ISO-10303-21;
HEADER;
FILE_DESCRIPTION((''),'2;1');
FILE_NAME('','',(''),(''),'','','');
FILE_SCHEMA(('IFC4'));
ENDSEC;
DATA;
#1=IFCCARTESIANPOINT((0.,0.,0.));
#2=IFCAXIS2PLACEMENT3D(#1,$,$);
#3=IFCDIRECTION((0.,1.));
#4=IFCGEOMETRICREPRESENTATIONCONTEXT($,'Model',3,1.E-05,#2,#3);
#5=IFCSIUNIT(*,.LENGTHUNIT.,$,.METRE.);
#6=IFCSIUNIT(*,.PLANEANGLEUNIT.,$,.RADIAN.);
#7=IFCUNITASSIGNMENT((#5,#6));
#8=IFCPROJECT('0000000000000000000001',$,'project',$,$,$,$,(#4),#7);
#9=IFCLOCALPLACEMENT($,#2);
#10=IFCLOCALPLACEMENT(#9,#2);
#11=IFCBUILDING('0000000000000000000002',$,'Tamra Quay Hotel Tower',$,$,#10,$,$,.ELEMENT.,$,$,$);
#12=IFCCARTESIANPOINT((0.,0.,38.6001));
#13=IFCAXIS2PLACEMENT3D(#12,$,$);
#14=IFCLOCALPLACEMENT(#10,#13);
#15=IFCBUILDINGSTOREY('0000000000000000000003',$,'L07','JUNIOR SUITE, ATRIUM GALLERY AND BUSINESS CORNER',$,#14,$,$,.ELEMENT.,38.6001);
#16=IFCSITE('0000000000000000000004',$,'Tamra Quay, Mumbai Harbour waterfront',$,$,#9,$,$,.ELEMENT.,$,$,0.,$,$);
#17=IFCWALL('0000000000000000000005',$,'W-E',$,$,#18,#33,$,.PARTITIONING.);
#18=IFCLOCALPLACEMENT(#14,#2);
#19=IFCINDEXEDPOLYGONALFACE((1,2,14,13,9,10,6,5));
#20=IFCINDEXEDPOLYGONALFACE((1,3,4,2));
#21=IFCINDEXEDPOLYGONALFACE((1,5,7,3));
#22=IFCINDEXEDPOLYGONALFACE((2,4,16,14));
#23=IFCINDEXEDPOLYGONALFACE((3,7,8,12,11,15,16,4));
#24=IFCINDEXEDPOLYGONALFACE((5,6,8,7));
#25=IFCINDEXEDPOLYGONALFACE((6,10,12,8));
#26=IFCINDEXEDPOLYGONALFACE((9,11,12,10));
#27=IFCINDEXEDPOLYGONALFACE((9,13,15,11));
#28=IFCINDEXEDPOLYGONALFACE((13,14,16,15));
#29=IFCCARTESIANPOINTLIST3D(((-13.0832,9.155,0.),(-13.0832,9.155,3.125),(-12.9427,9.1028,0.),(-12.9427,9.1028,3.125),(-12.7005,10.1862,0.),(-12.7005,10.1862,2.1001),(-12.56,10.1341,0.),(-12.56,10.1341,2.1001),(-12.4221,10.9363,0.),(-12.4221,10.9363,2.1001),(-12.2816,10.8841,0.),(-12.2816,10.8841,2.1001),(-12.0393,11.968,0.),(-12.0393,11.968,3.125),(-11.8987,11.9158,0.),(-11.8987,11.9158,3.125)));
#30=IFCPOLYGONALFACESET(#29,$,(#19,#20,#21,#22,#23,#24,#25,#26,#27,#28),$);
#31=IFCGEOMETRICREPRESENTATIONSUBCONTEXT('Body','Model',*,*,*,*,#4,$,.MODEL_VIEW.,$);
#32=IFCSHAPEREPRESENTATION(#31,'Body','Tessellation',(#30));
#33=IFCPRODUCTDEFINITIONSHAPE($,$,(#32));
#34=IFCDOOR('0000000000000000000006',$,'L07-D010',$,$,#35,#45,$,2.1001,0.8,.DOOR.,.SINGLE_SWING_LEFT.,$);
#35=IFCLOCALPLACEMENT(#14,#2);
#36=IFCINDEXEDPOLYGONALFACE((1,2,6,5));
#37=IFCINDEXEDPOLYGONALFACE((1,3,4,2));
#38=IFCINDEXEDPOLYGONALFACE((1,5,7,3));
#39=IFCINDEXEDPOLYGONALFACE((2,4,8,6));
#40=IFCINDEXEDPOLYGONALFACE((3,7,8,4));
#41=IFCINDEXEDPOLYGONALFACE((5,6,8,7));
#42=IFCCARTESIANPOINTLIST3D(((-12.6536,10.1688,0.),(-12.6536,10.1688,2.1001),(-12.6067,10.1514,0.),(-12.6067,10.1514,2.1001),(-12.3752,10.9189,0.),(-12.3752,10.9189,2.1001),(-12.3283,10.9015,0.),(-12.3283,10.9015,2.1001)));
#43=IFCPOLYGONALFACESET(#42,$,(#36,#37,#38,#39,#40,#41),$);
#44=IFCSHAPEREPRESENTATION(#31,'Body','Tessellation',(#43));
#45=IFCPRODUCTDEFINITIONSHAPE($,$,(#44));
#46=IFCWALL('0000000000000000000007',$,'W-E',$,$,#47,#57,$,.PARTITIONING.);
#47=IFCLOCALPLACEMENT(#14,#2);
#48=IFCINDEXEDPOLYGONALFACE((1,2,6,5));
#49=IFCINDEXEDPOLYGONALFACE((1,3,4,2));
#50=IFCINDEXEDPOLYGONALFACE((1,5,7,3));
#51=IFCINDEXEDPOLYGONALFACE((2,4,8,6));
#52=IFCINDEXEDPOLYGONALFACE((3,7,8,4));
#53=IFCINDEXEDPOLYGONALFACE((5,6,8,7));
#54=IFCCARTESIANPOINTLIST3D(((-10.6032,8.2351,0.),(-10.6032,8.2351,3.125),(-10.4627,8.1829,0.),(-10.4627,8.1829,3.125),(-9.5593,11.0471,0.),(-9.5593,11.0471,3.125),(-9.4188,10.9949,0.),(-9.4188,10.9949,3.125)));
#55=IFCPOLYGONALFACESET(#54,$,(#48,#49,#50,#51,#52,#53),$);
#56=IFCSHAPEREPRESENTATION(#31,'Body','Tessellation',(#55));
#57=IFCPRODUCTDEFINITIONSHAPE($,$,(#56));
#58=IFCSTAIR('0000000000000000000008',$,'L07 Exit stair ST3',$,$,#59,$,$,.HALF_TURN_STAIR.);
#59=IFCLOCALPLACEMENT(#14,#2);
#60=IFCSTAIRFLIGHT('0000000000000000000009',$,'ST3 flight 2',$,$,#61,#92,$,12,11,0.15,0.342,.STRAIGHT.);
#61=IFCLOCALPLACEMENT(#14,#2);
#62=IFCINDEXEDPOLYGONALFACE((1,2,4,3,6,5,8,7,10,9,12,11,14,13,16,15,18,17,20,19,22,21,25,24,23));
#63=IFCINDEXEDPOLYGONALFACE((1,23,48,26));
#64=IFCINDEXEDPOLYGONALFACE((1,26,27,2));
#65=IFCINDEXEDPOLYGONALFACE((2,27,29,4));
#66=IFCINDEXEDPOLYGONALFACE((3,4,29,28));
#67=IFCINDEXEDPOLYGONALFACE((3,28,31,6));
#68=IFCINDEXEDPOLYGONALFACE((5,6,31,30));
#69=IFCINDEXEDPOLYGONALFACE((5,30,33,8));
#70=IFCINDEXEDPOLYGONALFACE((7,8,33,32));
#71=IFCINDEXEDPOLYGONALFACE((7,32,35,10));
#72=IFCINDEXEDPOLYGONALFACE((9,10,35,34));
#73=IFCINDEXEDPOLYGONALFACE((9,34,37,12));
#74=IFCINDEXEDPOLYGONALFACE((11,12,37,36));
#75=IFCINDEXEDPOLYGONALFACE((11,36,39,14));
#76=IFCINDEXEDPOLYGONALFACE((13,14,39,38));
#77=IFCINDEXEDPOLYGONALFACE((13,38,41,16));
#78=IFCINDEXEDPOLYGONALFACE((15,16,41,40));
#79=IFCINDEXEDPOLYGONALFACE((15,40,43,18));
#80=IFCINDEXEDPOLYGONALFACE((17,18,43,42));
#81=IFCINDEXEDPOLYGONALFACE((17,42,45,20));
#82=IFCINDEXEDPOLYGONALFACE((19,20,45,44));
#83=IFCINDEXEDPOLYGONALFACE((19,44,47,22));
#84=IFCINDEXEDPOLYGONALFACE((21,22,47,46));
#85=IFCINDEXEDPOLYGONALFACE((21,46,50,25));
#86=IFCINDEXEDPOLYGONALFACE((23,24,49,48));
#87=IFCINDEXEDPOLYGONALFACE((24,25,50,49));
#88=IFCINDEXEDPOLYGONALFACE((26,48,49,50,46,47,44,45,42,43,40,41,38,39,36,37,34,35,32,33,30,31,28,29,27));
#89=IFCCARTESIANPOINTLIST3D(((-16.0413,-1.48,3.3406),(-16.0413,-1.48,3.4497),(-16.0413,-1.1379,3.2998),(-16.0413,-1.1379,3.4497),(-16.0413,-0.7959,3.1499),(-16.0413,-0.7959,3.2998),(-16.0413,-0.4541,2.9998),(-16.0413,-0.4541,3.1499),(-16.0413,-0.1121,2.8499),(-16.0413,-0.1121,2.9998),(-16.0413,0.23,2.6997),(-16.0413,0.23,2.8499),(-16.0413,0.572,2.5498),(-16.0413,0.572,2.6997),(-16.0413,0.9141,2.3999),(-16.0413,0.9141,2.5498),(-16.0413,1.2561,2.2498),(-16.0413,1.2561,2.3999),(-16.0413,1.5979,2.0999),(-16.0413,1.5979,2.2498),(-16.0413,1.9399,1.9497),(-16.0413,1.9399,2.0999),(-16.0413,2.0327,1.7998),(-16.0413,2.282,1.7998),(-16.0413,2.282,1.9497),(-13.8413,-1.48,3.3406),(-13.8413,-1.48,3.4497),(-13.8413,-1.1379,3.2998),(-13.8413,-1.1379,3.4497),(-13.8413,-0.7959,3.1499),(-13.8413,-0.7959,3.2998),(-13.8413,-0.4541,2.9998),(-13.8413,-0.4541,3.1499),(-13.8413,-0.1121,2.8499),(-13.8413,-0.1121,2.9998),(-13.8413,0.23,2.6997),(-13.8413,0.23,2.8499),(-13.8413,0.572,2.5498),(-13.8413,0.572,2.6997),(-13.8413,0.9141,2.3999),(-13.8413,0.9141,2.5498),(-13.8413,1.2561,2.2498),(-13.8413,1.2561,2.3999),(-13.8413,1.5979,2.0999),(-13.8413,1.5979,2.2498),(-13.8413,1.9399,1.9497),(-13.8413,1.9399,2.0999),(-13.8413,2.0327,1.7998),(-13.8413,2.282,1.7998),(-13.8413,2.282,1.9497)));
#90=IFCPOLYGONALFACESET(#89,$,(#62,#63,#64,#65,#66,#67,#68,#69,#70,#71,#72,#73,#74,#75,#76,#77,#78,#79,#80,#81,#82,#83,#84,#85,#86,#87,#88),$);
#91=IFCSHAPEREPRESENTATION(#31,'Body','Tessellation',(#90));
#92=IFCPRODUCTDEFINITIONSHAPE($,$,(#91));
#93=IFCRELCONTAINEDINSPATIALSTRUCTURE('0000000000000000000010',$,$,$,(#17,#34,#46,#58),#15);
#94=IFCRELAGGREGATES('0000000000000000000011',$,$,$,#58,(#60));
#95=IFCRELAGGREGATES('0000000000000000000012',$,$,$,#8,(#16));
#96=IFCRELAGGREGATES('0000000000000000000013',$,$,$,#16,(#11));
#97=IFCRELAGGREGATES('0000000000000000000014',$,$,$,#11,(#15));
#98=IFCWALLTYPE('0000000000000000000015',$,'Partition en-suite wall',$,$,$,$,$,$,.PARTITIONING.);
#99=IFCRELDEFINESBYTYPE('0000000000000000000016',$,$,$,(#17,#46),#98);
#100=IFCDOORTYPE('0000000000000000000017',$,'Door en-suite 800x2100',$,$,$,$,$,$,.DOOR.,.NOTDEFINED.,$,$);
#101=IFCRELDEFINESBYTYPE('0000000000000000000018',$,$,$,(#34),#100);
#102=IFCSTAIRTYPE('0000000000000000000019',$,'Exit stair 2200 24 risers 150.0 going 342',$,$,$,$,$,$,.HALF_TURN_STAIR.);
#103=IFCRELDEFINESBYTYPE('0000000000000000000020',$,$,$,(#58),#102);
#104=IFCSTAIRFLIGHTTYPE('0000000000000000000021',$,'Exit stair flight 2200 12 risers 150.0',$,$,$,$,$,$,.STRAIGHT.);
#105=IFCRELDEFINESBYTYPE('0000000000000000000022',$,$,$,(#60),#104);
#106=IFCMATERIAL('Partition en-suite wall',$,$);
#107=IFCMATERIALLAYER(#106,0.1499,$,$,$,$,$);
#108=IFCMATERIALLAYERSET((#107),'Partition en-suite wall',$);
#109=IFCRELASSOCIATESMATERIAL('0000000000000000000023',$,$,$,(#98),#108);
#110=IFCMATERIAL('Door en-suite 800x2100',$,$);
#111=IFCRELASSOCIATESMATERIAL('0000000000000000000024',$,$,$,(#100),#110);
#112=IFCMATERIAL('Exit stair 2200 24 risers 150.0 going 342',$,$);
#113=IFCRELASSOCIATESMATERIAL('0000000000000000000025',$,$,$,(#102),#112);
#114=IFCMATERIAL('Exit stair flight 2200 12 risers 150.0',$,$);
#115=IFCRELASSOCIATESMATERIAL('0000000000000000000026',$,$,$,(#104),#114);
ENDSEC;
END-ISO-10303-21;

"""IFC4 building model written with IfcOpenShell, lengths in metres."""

from ifc_helpers import new_model, si_unit, direction, frame, frame_2d, origin, place, context, subcontext, project, spatial, polyline, rectangle, outline, extrude, material, layer, layer_set, type_object, element, fill, aggregate, save


model = new_model("IFC4")

# Units and contexts
model_context = context("Model", 3, precision=1e-05, world=origin(), true_north=direction((0.0, 1.0)))
body_context = subcontext(model_context, "Body", "Model", "MODEL_VIEW")
ifc_project = project(units=[si_unit("LENGTHUNIT", "METRE"), si_unit("PLANEANGLEUNIT", "RADIAN")], contexts=[model_context])

# Site, building, storey
site_placement = place(None, origin())
site = spatial("IfcSite", under=ifc_project, at=site_placement, Name="Tamra Quay, Mumbai Harbour waterfront", CompositionType="ELEMENT", RefElevation=0.0)
building_placement = place(site_placement, origin())
building = spatial("IfcBuilding", under=site, at=building_placement, Name="Tamra Quay Hotel Tower", CompositionType="ELEMENT")
storey_placement = place(building_placement, frame((0.0, 0.0, 38.6001)))
storey = spatial("IfcBuildingStorey", under=building, at=storey_placement, Name="L07", Description="JUNIOR SUITE, ATRIUM GALLERY AND BUSINESS CORNER", CompositionType="ELEMENT", Elevation=38.6001)

# Wall, opening, door
ifc_material_1 = material(Name="Partition en-suite wall")
ifc_layer_1 = layer(ifc_material_1, 0.1499)
ifc_layer_set_1 = layer_set([ifc_layer_1], Name="Partition en-suite wall")
wall_type_1 = type_object("IfcWallType", Name="Partition en-suite wall", PredefinedType="PARTITIONING", material=ifc_layer_set_1)
wall_1_placement = place(storey_placement, frame((-13.0129, 9.1289, 0.0), z_axis=(0.0, 0.0, 1.0), x_axis=(0.347929, 0.937521, 0.0)))
wall_1 = element("IfcWall", 1, at=wall_1_placement, inside=storey, type_object=wall_type_1, Name="W-E", PredefinedType="PARTITIONING", context=body_context, shape_type="SweptSolid", body=[
    extrude(rectangle(XDim=3.0005, YDim=0.1499, at=frame_2d((1.5002, 0.0))), origin(), (0.0, 0.0, 1.0), 3.125),
])
opening_1_placement = place(wall_1_placement, frame((1.1001, 0.0, 0.0)))
opening_1 = element("IfcOpeningElement", 2, at=opening_1_placement, cuts=wall_1, PredefinedType="OPENING", context=body_context, shape_type="SweptSolid", body=[
    extrude(rectangle(XDim=0.8, YDim=2.1001, at=frame_2d((0.3999, 1.05))), frame((0.0, 0.085, 0.0), z_axis=(0.0, -1.0, 0.0), x_axis=(1.0, 0.0, 0.0)), (0.0, 0.0, 1.0), 0.1699),
])
ifc_material_2 = material(Name="Door en-suite 800x2100")
door_type_1 = type_object("IfcDoorType", Name="Door en-suite 800x2100", OperationType="NOTDEFINED", PredefinedType="DOOR", material=ifc_material_2)
door_1_placement = place(opening_1_placement, origin())
door_1 = element("IfcDoor", 3, at=door_1_placement, inside=storey, type_object=door_type_1, Name="L07-D010", OperationType="SINGLE_SWING_LEFT", OverallHeight=2.1001, OverallWidth=0.8, PredefinedType="DOOR", context=body_context, shape_type="SweptSolid", body=[
    extrude(rectangle(XDim=0.8, YDim=2.1001, at=frame_2d((0.3999, 1.05))), frame((0.0, 0.0249, 0.0), z_axis=(0.0, -1.0, 0.0), x_axis=(1.0, 0.0, 0.0)), (0.0, 0.0, 1.0), 0.05),
])
fill(opening_1, door_1)

# Wall
wall_2_placement = place(storey_placement, frame((-10.533, 8.209, 0.0), z_axis=(0.0, 0.0, 1.0), x_axis=(0.348035, 0.937481, 0.0)))
element("IfcWall", 4, at=wall_2_placement, inside=storey, type_object=wall_type_1, Name="W-E", PredefinedType="PARTITIONING", context=body_context, shape_type="SweptSolid", body=[
    extrude(rectangle(XDim=2.9995, YDim=0.1499, at=frame_2d((1.4998, 0.0))), origin(), (0.0, 0.0, 1.0), 3.125),
])

# Stair, stair flight
ifc_material_3 = material(Name="Exit stair 2200 24 risers 150.0 going 342")
stair_type = type_object("IfcStairType", Name="Exit stair 2200 24 risers 150.0 going 342", PredefinedType="HALF_TURN_STAIR", material=ifc_material_3)
stair_placement = place(storey_placement, origin())
stair = element("IfcStair", 5, at=stair_placement, inside=storey, type_object=stair_type, Name="L07 Exit stair ST3", PredefinedType="HALF_TURN_STAIR")
ifc_material_4 = material(Name="Exit stair flight 2200 12 risers 150.0")
stair_flight_type = type_object("IfcStairFlightType", Name="Exit stair flight 2200 12 risers 150.0", PredefinedType="STRAIGHT", material=ifc_material_4)
stair_flight_placement = place(storey_placement, frame((-14.9414, 2.282, 1.7998), z_axis=(0.0, 0.0, 1.0), x_axis=(0.0, -1.0, 0.0)))
stair_flight = element("IfcStairFlight", 6, at=stair_flight_placement, type_object=stair_flight_type, Name="ST3 flight 2", NumberOfRisers=12, NumberOfTreads=11, PredefinedType="STRAIGHT", RiserHeight=0.15, TreadLength=0.342, context=body_context, shape_type="SweptSolid", body=[
    extrude(outline(polyline([(0.0, 0.0), (0.0, 0.1499), (0.342, 0.1499), (0.342, 0.3), (0.6841, 0.3), (0.6841, 0.45), (1.0259, 0.45), (1.0259, 0.6001), (1.3679, 0.6001), (1.3679, 0.75), (1.71, 0.75), (1.71, 0.8999), (2.052, 0.8999), (2.052, 1.05), (2.394, 1.05), (2.394, 1.2), (2.7361, 1.2), (2.7361, 1.3501), (3.0779, 1.3501), (3.0779, 1.5), (3.4199, 1.5), (3.4199, 1.6499), (3.762, 1.6499), (3.762, 1.8), (3.762, 1.5408), (0.2493, 0.0), (0.0, 0.0)])), frame((0.0, 1.1001, 0.0), z_axis=(0.0, -1.0, 0.0), x_axis=(1.0, 0.0, 0.0)), (0.0, 0.0, 1.0), 2.2),
])
aggregate(stair, [stair_flight])

save(model, "model.ifc")
